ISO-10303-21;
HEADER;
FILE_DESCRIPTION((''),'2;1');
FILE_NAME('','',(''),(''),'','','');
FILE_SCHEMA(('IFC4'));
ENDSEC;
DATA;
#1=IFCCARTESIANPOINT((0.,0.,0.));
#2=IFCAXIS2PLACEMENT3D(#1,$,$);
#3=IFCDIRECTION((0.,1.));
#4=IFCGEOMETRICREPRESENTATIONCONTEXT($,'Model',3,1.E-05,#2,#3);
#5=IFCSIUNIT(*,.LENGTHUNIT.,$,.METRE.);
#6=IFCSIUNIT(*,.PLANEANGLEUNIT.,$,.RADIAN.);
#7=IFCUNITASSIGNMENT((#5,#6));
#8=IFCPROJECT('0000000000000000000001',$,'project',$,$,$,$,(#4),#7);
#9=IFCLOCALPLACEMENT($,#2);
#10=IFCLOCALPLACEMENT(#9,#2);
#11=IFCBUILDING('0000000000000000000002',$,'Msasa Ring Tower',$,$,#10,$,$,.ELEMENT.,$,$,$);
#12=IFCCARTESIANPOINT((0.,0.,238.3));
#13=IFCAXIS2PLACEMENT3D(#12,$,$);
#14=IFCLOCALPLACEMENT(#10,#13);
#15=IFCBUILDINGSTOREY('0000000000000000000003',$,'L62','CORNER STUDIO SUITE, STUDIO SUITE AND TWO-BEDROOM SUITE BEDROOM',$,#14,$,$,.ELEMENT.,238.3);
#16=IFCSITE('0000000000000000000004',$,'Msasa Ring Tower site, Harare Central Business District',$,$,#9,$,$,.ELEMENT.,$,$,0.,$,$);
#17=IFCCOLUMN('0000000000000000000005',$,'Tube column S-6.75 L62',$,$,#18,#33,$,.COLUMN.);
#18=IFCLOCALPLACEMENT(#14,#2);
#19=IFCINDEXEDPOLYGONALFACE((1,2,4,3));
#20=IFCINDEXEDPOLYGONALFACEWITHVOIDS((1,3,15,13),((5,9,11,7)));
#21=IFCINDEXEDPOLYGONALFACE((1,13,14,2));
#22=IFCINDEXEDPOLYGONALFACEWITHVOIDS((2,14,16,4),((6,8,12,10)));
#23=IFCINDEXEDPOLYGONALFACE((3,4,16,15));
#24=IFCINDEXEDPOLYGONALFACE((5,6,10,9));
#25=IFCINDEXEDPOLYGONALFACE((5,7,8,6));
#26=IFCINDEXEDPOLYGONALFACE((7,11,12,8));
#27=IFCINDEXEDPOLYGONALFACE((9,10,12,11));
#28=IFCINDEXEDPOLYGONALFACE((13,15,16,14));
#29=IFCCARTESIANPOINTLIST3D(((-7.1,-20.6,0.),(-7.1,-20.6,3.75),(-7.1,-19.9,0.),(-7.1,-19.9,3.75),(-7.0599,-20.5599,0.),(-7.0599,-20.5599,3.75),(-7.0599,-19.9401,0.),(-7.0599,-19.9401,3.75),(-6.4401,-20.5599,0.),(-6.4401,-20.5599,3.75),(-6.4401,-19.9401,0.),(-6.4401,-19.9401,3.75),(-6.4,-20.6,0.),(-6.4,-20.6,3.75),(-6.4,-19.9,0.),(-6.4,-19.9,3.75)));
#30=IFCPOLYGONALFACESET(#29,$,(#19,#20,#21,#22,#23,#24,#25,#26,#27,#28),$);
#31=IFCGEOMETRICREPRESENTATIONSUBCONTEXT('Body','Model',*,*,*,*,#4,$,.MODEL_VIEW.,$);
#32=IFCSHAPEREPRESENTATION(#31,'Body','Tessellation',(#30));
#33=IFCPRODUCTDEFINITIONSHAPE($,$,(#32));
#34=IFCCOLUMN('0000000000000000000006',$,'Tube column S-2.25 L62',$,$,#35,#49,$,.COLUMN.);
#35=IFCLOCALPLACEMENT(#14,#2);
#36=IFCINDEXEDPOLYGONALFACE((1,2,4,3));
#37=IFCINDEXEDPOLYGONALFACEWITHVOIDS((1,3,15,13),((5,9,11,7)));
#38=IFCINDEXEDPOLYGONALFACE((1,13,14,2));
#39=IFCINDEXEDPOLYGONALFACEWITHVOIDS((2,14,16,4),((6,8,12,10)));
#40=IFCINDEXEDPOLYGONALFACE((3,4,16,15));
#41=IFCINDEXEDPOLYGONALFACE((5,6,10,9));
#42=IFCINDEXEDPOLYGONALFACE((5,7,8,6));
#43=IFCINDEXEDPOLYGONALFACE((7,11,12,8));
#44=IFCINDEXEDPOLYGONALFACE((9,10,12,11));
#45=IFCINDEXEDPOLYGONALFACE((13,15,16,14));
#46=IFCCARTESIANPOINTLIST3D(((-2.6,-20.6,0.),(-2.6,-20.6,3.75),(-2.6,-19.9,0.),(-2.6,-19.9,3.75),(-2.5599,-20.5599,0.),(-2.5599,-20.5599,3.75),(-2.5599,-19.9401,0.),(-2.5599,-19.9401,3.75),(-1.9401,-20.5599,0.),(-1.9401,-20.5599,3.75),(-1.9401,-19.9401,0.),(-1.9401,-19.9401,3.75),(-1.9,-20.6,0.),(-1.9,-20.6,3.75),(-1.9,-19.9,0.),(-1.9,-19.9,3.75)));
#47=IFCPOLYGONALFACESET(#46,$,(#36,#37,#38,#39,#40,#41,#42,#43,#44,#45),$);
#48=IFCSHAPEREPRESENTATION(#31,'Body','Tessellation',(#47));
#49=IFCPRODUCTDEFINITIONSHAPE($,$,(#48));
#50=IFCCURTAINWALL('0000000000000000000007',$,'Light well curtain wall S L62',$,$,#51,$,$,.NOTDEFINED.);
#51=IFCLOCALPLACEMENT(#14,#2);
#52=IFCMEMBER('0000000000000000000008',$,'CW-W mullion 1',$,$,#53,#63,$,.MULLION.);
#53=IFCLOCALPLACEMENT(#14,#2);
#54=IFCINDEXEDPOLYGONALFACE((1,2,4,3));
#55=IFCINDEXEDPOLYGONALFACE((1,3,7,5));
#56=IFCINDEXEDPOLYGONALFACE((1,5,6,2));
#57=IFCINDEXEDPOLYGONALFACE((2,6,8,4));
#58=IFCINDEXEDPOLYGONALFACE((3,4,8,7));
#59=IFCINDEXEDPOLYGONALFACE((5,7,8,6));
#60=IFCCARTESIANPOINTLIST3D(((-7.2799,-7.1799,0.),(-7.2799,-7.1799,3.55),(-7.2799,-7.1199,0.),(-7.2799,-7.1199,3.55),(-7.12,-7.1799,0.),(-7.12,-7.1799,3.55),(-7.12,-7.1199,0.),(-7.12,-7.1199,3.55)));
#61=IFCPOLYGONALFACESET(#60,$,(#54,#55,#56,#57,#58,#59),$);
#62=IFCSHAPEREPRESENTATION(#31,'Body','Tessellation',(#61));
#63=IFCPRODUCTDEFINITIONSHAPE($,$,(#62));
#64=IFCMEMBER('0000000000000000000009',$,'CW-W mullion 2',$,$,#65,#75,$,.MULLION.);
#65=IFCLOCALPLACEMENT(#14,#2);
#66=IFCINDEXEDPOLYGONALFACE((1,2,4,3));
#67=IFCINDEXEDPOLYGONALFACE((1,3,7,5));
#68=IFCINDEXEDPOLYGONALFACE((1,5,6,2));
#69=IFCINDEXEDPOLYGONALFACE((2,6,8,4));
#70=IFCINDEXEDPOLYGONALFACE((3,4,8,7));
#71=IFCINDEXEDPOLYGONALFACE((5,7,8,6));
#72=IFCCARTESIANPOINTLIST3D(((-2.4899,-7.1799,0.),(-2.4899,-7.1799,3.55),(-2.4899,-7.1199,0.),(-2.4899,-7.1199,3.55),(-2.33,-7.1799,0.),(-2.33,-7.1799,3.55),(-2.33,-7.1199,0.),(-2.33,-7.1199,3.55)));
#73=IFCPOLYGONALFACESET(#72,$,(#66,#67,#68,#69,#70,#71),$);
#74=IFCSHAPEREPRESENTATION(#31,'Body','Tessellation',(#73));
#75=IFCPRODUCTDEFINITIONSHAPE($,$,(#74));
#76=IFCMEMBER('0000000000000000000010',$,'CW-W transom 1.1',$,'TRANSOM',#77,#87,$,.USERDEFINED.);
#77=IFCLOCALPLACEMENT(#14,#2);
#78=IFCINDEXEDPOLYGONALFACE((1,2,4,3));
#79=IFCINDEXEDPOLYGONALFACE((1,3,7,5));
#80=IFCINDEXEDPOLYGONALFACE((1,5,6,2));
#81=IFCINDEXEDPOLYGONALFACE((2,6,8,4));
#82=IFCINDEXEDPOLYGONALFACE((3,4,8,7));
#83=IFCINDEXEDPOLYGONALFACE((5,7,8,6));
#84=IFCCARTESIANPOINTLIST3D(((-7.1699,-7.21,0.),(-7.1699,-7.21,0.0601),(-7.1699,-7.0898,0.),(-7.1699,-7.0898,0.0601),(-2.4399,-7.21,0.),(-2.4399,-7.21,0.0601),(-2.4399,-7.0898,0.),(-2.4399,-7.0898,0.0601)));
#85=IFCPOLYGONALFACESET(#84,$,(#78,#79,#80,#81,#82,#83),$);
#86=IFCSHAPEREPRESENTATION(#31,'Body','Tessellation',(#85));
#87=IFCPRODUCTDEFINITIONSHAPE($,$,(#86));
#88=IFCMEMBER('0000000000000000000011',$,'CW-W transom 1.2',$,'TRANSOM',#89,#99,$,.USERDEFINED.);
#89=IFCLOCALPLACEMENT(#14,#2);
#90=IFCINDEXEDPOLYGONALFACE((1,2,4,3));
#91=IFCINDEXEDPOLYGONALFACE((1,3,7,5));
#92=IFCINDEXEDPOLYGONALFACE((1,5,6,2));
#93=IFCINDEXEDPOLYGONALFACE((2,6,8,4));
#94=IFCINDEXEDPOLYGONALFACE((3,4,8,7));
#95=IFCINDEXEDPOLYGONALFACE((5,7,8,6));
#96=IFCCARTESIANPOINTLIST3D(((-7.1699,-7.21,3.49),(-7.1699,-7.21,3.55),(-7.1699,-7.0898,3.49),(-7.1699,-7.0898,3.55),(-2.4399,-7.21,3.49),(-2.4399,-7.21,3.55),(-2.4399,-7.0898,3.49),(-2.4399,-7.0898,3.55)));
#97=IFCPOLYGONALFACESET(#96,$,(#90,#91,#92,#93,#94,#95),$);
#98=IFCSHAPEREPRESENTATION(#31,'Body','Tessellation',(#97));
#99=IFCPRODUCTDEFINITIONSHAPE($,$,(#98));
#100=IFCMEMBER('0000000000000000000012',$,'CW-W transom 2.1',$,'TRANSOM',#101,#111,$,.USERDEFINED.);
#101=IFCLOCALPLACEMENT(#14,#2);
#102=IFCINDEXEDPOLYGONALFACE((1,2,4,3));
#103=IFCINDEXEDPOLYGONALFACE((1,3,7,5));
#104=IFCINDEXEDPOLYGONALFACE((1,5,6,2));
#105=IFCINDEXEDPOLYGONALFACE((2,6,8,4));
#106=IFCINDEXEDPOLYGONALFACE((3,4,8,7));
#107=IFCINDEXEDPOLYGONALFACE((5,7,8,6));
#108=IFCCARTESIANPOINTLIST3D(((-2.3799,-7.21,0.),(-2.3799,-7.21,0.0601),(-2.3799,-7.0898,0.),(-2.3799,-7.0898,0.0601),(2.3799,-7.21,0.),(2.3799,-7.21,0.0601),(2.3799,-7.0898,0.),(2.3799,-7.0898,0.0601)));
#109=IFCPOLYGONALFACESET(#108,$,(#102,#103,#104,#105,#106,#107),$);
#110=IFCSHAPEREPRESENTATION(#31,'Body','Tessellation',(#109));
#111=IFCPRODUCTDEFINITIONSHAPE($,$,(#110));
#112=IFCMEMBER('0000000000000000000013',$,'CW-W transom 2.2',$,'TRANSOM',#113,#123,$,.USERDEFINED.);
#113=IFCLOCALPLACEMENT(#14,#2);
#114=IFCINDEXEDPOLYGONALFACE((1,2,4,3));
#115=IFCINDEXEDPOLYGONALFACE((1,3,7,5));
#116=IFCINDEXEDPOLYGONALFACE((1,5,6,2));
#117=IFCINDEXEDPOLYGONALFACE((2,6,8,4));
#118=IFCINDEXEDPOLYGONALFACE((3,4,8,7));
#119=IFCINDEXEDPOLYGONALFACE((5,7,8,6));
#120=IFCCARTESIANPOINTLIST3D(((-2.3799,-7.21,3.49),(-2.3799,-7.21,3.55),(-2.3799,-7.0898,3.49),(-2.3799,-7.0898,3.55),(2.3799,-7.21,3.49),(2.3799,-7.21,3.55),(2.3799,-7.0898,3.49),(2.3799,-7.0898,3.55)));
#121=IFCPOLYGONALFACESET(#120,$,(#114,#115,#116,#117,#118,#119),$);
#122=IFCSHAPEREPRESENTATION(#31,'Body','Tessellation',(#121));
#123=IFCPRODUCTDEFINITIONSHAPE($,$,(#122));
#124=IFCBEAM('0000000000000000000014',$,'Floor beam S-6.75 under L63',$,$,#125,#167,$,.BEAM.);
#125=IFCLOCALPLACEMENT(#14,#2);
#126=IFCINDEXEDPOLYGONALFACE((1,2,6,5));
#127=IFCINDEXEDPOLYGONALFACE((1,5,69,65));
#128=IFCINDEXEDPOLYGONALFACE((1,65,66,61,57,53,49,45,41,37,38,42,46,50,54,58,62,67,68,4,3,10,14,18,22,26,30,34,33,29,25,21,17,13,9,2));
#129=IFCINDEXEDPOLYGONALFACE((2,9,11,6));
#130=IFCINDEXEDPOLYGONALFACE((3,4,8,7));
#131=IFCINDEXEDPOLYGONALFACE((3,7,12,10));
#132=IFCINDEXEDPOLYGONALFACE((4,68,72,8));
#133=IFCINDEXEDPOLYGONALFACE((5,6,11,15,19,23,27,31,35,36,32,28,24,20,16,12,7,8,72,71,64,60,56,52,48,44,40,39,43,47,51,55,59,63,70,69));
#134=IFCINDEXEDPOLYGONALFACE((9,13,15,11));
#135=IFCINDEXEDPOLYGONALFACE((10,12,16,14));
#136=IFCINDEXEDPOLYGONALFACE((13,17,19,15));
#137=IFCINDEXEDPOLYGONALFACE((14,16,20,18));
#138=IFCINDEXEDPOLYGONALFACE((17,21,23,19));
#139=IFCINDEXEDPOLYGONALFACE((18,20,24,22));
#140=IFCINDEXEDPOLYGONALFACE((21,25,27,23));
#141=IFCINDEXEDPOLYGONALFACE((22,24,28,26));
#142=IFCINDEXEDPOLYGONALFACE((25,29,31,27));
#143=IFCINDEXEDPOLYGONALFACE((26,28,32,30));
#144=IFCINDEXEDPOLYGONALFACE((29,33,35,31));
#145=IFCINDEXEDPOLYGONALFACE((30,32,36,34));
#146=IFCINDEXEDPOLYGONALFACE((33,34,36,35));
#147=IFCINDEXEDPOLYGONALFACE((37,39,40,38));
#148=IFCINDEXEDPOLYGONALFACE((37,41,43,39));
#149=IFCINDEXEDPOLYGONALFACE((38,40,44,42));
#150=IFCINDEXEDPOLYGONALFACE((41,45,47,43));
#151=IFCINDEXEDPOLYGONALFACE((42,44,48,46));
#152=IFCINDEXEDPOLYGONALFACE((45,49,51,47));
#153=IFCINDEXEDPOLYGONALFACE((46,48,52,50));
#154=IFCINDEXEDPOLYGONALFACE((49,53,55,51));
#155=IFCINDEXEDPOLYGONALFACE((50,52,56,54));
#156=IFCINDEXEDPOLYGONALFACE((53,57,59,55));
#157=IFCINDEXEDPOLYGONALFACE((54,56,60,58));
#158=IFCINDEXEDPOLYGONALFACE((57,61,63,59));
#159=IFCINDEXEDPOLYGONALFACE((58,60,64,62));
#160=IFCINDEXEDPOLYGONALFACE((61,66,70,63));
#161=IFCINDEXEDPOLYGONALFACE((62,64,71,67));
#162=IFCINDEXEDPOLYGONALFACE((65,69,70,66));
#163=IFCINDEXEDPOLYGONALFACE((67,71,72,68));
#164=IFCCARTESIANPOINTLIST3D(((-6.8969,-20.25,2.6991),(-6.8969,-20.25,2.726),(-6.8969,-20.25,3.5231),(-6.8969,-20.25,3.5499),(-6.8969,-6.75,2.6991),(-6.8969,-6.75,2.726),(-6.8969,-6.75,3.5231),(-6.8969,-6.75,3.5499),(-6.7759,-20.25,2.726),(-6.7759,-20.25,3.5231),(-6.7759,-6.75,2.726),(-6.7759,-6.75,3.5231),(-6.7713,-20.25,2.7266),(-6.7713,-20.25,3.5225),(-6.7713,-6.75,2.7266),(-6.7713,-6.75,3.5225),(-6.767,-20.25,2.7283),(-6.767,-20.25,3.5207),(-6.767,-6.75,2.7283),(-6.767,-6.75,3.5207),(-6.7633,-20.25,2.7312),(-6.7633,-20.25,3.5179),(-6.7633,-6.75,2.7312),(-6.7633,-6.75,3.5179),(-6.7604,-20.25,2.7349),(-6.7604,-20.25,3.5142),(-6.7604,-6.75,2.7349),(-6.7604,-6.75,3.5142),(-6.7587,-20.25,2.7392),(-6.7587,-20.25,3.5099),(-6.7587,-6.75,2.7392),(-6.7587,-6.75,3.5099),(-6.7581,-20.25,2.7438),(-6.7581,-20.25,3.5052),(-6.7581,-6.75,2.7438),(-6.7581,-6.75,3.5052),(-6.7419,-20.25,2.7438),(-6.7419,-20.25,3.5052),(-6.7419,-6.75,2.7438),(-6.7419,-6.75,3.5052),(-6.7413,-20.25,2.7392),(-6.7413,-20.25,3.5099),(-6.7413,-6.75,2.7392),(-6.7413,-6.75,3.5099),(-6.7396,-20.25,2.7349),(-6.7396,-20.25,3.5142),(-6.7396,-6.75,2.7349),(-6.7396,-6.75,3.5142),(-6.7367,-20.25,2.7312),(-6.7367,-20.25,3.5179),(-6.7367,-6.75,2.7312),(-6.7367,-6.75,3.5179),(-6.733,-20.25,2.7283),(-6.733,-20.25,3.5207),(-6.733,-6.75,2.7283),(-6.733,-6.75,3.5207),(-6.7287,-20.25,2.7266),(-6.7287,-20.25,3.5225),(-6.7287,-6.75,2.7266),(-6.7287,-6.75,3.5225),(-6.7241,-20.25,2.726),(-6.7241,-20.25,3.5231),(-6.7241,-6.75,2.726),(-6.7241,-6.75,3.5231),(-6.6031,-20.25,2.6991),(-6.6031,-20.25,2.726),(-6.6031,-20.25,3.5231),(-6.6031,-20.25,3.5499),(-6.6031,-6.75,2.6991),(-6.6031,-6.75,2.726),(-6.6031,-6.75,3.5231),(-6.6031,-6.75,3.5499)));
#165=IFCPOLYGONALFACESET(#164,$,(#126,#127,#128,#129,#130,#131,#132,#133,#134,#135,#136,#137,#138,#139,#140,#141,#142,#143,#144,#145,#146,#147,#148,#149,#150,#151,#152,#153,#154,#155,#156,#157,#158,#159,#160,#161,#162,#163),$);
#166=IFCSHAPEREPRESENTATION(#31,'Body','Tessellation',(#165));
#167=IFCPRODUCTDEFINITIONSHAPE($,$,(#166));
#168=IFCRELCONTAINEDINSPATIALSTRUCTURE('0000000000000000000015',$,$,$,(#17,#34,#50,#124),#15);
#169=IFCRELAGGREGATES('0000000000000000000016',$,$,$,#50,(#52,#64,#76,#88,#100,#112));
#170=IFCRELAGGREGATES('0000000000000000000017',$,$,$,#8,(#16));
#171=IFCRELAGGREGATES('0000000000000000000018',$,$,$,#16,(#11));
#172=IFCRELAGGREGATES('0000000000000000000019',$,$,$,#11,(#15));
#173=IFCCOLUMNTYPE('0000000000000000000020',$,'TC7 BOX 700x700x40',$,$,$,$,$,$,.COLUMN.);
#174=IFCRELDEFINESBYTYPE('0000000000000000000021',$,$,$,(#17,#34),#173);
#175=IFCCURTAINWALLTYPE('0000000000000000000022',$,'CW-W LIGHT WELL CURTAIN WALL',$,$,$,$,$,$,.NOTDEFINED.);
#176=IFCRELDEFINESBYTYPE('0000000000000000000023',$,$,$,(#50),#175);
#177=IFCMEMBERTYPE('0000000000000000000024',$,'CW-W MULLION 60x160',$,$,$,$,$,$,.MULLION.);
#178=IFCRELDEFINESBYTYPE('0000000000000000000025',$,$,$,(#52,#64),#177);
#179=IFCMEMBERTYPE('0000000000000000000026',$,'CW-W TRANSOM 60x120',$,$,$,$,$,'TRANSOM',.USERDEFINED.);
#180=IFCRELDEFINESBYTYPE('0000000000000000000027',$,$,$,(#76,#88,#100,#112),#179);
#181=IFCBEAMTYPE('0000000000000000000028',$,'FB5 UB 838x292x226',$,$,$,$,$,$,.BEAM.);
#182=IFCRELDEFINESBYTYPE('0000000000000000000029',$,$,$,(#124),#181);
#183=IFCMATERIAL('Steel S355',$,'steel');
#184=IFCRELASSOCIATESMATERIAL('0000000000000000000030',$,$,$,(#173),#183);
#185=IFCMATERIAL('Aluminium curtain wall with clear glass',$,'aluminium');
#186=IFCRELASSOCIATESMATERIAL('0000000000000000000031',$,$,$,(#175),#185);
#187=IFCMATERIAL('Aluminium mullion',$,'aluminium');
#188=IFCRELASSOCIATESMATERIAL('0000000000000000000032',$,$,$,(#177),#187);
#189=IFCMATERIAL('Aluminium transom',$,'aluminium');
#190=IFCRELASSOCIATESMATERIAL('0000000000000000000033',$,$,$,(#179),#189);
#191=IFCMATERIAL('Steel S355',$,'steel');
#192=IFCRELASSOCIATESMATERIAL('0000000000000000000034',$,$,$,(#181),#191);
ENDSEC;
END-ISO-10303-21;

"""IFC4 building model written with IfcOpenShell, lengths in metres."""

from ifc_helpers import new_model, si_unit, direction, frame, origin, origin_2d, place, context, subcontext, project, spatial, rectangle, hollow_rectangle, i_section, extrude, material, material_profile, profile_set, type_object, element, aggregate, save


model = new_model("IFC4")

# Units and contexts
model_context = context("Model", 3, precision=1e-05, world=origin(), true_north=direction((0.0, 1.0)))
body_context = subcontext(model_context, "Body", "Model", "MODEL_VIEW")
ifc_project = project(units=[si_unit("LENGTHUNIT", "METRE"), si_unit("PLANEANGLEUNIT", "RADIAN")], contexts=[model_context])

# Site, building, storey
site_placement = place(None, origin())
site = spatial("IfcSite", under=ifc_project, at=site_placement, Name="Msasa Ring Tower site, Harare Central Business District", CompositionType="ELEMENT", RefElevation=0.0)
building_placement = place(site_placement, origin())
building = spatial("IfcBuilding", under=site, at=building_placement, Name="Msasa Ring Tower", CompositionType="ELEMENT")
storey_placement = place(building_placement, frame((0.0, 0.0, 238.3)))
storey = spatial("IfcBuildingStorey", under=building, at=storey_placement, Name="L62", Description="CORNER STUDIO SUITE, STUDIO SUITE AND TWO-BEDROOM SUITE BEDROOM", CompositionType="ELEMENT", Elevation=238.3)

# Columns
ifc_material_1 = material(Name="Steel S355", Category="steel")
ifc_material_profile_1 = material_profile(ifc_material_1, hollow_rectangle(XDim=0.7, YDim=0.7, WallThickness=0.04, at=origin_2d()), Name="BOX 700x700x40")
ifc_profile_set_1 = profile_set([ifc_material_profile_1], Name="Steel S355")
column_type = type_object("IfcColumnType", Name="TC7 BOX 700x700x40", PredefinedType="COLUMN", material=ifc_profile_set_1)
for number, where, z_axis, x_axis, name in (
    (1, (-6.75, -20.25, 0.0), (0.0, 0.0, 1.0), (0.0, 1.0, 0.0), "Tube column S-6.75 L62"),
    (2, (-2.25, -20.25, 0.0), (0.0, 0.0, 1.0), (0.0, 1.0, 0.0), "Tube column S-2.25 L62"),
):
    element("IfcColumn", number, at=place(storey_placement, frame(where, z_axis=z_axis, x_axis=x_axis)), inside=storey, type_object=column_type, Name=name, PredefinedType="COLUMN", context=body_context, shape_type="SweptSolid", body=[
        extrude(hollow_rectangle(XDim=0.7, YDim=0.7, WallThickness=0.04, at=origin_2d()), origin(), (0.0, 0.0, 1.0), 3.75),
    ])

# Curtain wall, members
ifc_material_2 = material(Name="Aluminium curtain wall with clear glass", Category="aluminium")
curtain_wall_type = type_object("IfcCurtainWallType", Name="CW-W LIGHT WELL CURTAIN WALL", PredefinedType="NOTDEFINED", material=ifc_material_2)
curtain_wall_placement = place(storey_placement, origin())
curtain_wall = element("IfcCurtainWall", 3, at=curtain_wall_placement, inside=storey, type_object=curtain_wall_type, Name="Light well curtain wall S L62", PredefinedType="NOTDEFINED")
ifc_material_3 = material(Name="Aluminium mullion", Category="aluminium")
ifc_material_profile_2 = material_profile(ifc_material_3, rectangle(XDim=0.0601, YDim=0.1599, at=origin_2d()), Name="AL 60x160")
ifc_profile_set_2 = profile_set([ifc_material_profile_2], Name="Aluminium mullion")
member_type_1 = type_object("IfcMemberType", Name="CW-W MULLION 60x160", PredefinedType="MULLION", material=ifc_profile_set_2)
member_1_placement = place(storey_placement, frame((-7.2, -7.1499, 0.0), z_axis=(0.0, 0.0, 1.0), x_axis=(0.0, 1.0, 0.0)))
member_1 = element("IfcMember", 4, at=member_1_placement, type_object=member_type_1, Name="CW-W mullion 1", PredefinedType="MULLION", context=body_context, shape_type="SweptSolid", body=[
    extrude(rectangle(XDim=0.0601, YDim=0.1599, at=origin_2d()), origin(), (0.0, 0.0, 1.0), 3.55),
])
member_2_placement = place(storey_placement, frame((-2.4099, -7.1499, 0.0), z_axis=(0.0, 0.0, 1.0), x_axis=(0.0, 1.0, 0.0)))
member_2 = element("IfcMember", 5, at=member_2_placement, type_object=member_type_1, Name="CW-W mullion 2", PredefinedType="MULLION", context=body_context, shape_type="SweptSolid", body=[
    extrude(rectangle(XDim=0.0601, YDim=0.1599, at=origin_2d()), origin(), (0.0, 0.0, 1.0), 3.55),
])
ifc_material_4 = material(Name="Aluminium transom", Category="aluminium")
ifc_material_profile_3 = material_profile(ifc_material_4, rectangle(XDim=0.1201, YDim=0.0601, at=origin_2d()), Name="AL 60x120")
ifc_profile_set_3 = profile_set([ifc_material_profile_3], Name="Aluminium transom")
member_type_2 = type_object("IfcMemberType", Name="CW-W TRANSOM 60x120", ElementType="TRANSOM", PredefinedType="USERDEFINED", material=ifc_profile_set_3)
member_3_placement = place(storey_placement, frame((-7.1699, -7.1499, 0.03), z_axis=(1.0, 0.0, 0.0), x_axis=(0.0, 1.0, 0.0)))
member_3 = element("IfcMember", 6, at=member_3_placement, type_object=member_type_2, Name="CW-W transom 1.1", ObjectType="TRANSOM", PredefinedType="USERDEFINED", context=body_context, shape_type="SweptSolid", body=[
    extrude(rectangle(XDim=0.1201, YDim=0.0601, at=origin_2d()), origin(), (0.0, 0.0, 1.0), 4.73),
])
member_4_placement = place(storey_placement, frame((-7.1699, -7.1499, 3.52), z_axis=(1.0, 0.0, 0.0), x_axis=(0.0, 1.0, 0.0)))
member_4 = element("IfcMember", 7, at=member_4_placement, type_object=member_type_2, Name="CW-W transom 1.2", ObjectType="TRANSOM", PredefinedType="USERDEFINED", context=body_context, shape_type="SweptSolid", body=[
    extrude(rectangle(XDim=0.1201, YDim=0.0601, at=origin_2d()), origin(), (0.0, 0.0, 1.0), 4.73),
])
member_5_placement = place(storey_placement, frame((-2.3799, -7.1499, 0.03), z_axis=(1.0, 0.0, 0.0), x_axis=(0.0, 1.0, 0.0)))
member_5 = element("IfcMember", 8, at=member_5_placement, type_object=member_type_2, Name="CW-W transom 2.1", ObjectType="TRANSOM", PredefinedType="USERDEFINED", context=body_context, shape_type="SweptSolid", body=[
    extrude(rectangle(XDim=0.1201, YDim=0.0601, at=origin_2d()), origin(), (0.0, 0.0, 1.0), 4.7598),
])
member_6_placement = place(storey_placement, frame((-2.3799, -7.1499, 3.52), z_axis=(1.0, 0.0, 0.0), x_axis=(0.0, 1.0, 0.0)))
member_6 = element("IfcMember", 9, at=member_6_placement, type_object=member_type_2, Name="CW-W transom 2.2", ObjectType="TRANSOM", PredefinedType="USERDEFINED", context=body_context, shape_type="SweptSolid", body=[
    extrude(rectangle(XDim=0.1201, YDim=0.0601, at=origin_2d()), origin(), (0.0, 0.0, 1.0), 4.7598),
])

# Beam
ifc_material_5 = material(Name="Steel S355", Category="steel")
ifc_material_profile_4 = material_profile(ifc_material_5, i_section(OverallWidth=0.2937, OverallDepth=0.8508, WebThickness=0.0161, FlangeThickness=0.0269, FilletRadius=0.0178, at=origin_2d()), Name="UB 838x292x226")
ifc_profile_set_4 = profile_set([ifc_material_profile_4], Name="Steel S355")
beam_type_1 = type_object("IfcBeamType", Name="FB5 UB 838x292x226", PredefinedType="BEAM", material=ifc_profile_set_4)
for number, where, z_axis, x_axis, name in (
    (10, (-6.75, -20.25, 3.1245), (0.0, 1.0, 0.0), (-1.0, 0.0, 0.0), "Floor beam S-6.75 under L63"),
):
    element("IfcBeam", number, at=place(storey_placement, frame(where, z_axis=z_axis, x_axis=x_axis)), inside=storey, type_object=beam_type_1, Name=name, PredefinedType="BEAM", context=body_context, shape_type="SweptSolid", body=[
        extrude(i_section(OverallWidth=0.2937, OverallDepth=0.8508, WebThickness=0.0161, FlangeThickness=0.0269, FilletRadius=0.0178, at=origin_2d()), origin(), (0.0, 0.0, 1.0), 13.5),
    ])

aggregate(curtain_wall, [member_1, member_2, member_3, member_4, member_5, member_6])

save(model, "model.ifc")
